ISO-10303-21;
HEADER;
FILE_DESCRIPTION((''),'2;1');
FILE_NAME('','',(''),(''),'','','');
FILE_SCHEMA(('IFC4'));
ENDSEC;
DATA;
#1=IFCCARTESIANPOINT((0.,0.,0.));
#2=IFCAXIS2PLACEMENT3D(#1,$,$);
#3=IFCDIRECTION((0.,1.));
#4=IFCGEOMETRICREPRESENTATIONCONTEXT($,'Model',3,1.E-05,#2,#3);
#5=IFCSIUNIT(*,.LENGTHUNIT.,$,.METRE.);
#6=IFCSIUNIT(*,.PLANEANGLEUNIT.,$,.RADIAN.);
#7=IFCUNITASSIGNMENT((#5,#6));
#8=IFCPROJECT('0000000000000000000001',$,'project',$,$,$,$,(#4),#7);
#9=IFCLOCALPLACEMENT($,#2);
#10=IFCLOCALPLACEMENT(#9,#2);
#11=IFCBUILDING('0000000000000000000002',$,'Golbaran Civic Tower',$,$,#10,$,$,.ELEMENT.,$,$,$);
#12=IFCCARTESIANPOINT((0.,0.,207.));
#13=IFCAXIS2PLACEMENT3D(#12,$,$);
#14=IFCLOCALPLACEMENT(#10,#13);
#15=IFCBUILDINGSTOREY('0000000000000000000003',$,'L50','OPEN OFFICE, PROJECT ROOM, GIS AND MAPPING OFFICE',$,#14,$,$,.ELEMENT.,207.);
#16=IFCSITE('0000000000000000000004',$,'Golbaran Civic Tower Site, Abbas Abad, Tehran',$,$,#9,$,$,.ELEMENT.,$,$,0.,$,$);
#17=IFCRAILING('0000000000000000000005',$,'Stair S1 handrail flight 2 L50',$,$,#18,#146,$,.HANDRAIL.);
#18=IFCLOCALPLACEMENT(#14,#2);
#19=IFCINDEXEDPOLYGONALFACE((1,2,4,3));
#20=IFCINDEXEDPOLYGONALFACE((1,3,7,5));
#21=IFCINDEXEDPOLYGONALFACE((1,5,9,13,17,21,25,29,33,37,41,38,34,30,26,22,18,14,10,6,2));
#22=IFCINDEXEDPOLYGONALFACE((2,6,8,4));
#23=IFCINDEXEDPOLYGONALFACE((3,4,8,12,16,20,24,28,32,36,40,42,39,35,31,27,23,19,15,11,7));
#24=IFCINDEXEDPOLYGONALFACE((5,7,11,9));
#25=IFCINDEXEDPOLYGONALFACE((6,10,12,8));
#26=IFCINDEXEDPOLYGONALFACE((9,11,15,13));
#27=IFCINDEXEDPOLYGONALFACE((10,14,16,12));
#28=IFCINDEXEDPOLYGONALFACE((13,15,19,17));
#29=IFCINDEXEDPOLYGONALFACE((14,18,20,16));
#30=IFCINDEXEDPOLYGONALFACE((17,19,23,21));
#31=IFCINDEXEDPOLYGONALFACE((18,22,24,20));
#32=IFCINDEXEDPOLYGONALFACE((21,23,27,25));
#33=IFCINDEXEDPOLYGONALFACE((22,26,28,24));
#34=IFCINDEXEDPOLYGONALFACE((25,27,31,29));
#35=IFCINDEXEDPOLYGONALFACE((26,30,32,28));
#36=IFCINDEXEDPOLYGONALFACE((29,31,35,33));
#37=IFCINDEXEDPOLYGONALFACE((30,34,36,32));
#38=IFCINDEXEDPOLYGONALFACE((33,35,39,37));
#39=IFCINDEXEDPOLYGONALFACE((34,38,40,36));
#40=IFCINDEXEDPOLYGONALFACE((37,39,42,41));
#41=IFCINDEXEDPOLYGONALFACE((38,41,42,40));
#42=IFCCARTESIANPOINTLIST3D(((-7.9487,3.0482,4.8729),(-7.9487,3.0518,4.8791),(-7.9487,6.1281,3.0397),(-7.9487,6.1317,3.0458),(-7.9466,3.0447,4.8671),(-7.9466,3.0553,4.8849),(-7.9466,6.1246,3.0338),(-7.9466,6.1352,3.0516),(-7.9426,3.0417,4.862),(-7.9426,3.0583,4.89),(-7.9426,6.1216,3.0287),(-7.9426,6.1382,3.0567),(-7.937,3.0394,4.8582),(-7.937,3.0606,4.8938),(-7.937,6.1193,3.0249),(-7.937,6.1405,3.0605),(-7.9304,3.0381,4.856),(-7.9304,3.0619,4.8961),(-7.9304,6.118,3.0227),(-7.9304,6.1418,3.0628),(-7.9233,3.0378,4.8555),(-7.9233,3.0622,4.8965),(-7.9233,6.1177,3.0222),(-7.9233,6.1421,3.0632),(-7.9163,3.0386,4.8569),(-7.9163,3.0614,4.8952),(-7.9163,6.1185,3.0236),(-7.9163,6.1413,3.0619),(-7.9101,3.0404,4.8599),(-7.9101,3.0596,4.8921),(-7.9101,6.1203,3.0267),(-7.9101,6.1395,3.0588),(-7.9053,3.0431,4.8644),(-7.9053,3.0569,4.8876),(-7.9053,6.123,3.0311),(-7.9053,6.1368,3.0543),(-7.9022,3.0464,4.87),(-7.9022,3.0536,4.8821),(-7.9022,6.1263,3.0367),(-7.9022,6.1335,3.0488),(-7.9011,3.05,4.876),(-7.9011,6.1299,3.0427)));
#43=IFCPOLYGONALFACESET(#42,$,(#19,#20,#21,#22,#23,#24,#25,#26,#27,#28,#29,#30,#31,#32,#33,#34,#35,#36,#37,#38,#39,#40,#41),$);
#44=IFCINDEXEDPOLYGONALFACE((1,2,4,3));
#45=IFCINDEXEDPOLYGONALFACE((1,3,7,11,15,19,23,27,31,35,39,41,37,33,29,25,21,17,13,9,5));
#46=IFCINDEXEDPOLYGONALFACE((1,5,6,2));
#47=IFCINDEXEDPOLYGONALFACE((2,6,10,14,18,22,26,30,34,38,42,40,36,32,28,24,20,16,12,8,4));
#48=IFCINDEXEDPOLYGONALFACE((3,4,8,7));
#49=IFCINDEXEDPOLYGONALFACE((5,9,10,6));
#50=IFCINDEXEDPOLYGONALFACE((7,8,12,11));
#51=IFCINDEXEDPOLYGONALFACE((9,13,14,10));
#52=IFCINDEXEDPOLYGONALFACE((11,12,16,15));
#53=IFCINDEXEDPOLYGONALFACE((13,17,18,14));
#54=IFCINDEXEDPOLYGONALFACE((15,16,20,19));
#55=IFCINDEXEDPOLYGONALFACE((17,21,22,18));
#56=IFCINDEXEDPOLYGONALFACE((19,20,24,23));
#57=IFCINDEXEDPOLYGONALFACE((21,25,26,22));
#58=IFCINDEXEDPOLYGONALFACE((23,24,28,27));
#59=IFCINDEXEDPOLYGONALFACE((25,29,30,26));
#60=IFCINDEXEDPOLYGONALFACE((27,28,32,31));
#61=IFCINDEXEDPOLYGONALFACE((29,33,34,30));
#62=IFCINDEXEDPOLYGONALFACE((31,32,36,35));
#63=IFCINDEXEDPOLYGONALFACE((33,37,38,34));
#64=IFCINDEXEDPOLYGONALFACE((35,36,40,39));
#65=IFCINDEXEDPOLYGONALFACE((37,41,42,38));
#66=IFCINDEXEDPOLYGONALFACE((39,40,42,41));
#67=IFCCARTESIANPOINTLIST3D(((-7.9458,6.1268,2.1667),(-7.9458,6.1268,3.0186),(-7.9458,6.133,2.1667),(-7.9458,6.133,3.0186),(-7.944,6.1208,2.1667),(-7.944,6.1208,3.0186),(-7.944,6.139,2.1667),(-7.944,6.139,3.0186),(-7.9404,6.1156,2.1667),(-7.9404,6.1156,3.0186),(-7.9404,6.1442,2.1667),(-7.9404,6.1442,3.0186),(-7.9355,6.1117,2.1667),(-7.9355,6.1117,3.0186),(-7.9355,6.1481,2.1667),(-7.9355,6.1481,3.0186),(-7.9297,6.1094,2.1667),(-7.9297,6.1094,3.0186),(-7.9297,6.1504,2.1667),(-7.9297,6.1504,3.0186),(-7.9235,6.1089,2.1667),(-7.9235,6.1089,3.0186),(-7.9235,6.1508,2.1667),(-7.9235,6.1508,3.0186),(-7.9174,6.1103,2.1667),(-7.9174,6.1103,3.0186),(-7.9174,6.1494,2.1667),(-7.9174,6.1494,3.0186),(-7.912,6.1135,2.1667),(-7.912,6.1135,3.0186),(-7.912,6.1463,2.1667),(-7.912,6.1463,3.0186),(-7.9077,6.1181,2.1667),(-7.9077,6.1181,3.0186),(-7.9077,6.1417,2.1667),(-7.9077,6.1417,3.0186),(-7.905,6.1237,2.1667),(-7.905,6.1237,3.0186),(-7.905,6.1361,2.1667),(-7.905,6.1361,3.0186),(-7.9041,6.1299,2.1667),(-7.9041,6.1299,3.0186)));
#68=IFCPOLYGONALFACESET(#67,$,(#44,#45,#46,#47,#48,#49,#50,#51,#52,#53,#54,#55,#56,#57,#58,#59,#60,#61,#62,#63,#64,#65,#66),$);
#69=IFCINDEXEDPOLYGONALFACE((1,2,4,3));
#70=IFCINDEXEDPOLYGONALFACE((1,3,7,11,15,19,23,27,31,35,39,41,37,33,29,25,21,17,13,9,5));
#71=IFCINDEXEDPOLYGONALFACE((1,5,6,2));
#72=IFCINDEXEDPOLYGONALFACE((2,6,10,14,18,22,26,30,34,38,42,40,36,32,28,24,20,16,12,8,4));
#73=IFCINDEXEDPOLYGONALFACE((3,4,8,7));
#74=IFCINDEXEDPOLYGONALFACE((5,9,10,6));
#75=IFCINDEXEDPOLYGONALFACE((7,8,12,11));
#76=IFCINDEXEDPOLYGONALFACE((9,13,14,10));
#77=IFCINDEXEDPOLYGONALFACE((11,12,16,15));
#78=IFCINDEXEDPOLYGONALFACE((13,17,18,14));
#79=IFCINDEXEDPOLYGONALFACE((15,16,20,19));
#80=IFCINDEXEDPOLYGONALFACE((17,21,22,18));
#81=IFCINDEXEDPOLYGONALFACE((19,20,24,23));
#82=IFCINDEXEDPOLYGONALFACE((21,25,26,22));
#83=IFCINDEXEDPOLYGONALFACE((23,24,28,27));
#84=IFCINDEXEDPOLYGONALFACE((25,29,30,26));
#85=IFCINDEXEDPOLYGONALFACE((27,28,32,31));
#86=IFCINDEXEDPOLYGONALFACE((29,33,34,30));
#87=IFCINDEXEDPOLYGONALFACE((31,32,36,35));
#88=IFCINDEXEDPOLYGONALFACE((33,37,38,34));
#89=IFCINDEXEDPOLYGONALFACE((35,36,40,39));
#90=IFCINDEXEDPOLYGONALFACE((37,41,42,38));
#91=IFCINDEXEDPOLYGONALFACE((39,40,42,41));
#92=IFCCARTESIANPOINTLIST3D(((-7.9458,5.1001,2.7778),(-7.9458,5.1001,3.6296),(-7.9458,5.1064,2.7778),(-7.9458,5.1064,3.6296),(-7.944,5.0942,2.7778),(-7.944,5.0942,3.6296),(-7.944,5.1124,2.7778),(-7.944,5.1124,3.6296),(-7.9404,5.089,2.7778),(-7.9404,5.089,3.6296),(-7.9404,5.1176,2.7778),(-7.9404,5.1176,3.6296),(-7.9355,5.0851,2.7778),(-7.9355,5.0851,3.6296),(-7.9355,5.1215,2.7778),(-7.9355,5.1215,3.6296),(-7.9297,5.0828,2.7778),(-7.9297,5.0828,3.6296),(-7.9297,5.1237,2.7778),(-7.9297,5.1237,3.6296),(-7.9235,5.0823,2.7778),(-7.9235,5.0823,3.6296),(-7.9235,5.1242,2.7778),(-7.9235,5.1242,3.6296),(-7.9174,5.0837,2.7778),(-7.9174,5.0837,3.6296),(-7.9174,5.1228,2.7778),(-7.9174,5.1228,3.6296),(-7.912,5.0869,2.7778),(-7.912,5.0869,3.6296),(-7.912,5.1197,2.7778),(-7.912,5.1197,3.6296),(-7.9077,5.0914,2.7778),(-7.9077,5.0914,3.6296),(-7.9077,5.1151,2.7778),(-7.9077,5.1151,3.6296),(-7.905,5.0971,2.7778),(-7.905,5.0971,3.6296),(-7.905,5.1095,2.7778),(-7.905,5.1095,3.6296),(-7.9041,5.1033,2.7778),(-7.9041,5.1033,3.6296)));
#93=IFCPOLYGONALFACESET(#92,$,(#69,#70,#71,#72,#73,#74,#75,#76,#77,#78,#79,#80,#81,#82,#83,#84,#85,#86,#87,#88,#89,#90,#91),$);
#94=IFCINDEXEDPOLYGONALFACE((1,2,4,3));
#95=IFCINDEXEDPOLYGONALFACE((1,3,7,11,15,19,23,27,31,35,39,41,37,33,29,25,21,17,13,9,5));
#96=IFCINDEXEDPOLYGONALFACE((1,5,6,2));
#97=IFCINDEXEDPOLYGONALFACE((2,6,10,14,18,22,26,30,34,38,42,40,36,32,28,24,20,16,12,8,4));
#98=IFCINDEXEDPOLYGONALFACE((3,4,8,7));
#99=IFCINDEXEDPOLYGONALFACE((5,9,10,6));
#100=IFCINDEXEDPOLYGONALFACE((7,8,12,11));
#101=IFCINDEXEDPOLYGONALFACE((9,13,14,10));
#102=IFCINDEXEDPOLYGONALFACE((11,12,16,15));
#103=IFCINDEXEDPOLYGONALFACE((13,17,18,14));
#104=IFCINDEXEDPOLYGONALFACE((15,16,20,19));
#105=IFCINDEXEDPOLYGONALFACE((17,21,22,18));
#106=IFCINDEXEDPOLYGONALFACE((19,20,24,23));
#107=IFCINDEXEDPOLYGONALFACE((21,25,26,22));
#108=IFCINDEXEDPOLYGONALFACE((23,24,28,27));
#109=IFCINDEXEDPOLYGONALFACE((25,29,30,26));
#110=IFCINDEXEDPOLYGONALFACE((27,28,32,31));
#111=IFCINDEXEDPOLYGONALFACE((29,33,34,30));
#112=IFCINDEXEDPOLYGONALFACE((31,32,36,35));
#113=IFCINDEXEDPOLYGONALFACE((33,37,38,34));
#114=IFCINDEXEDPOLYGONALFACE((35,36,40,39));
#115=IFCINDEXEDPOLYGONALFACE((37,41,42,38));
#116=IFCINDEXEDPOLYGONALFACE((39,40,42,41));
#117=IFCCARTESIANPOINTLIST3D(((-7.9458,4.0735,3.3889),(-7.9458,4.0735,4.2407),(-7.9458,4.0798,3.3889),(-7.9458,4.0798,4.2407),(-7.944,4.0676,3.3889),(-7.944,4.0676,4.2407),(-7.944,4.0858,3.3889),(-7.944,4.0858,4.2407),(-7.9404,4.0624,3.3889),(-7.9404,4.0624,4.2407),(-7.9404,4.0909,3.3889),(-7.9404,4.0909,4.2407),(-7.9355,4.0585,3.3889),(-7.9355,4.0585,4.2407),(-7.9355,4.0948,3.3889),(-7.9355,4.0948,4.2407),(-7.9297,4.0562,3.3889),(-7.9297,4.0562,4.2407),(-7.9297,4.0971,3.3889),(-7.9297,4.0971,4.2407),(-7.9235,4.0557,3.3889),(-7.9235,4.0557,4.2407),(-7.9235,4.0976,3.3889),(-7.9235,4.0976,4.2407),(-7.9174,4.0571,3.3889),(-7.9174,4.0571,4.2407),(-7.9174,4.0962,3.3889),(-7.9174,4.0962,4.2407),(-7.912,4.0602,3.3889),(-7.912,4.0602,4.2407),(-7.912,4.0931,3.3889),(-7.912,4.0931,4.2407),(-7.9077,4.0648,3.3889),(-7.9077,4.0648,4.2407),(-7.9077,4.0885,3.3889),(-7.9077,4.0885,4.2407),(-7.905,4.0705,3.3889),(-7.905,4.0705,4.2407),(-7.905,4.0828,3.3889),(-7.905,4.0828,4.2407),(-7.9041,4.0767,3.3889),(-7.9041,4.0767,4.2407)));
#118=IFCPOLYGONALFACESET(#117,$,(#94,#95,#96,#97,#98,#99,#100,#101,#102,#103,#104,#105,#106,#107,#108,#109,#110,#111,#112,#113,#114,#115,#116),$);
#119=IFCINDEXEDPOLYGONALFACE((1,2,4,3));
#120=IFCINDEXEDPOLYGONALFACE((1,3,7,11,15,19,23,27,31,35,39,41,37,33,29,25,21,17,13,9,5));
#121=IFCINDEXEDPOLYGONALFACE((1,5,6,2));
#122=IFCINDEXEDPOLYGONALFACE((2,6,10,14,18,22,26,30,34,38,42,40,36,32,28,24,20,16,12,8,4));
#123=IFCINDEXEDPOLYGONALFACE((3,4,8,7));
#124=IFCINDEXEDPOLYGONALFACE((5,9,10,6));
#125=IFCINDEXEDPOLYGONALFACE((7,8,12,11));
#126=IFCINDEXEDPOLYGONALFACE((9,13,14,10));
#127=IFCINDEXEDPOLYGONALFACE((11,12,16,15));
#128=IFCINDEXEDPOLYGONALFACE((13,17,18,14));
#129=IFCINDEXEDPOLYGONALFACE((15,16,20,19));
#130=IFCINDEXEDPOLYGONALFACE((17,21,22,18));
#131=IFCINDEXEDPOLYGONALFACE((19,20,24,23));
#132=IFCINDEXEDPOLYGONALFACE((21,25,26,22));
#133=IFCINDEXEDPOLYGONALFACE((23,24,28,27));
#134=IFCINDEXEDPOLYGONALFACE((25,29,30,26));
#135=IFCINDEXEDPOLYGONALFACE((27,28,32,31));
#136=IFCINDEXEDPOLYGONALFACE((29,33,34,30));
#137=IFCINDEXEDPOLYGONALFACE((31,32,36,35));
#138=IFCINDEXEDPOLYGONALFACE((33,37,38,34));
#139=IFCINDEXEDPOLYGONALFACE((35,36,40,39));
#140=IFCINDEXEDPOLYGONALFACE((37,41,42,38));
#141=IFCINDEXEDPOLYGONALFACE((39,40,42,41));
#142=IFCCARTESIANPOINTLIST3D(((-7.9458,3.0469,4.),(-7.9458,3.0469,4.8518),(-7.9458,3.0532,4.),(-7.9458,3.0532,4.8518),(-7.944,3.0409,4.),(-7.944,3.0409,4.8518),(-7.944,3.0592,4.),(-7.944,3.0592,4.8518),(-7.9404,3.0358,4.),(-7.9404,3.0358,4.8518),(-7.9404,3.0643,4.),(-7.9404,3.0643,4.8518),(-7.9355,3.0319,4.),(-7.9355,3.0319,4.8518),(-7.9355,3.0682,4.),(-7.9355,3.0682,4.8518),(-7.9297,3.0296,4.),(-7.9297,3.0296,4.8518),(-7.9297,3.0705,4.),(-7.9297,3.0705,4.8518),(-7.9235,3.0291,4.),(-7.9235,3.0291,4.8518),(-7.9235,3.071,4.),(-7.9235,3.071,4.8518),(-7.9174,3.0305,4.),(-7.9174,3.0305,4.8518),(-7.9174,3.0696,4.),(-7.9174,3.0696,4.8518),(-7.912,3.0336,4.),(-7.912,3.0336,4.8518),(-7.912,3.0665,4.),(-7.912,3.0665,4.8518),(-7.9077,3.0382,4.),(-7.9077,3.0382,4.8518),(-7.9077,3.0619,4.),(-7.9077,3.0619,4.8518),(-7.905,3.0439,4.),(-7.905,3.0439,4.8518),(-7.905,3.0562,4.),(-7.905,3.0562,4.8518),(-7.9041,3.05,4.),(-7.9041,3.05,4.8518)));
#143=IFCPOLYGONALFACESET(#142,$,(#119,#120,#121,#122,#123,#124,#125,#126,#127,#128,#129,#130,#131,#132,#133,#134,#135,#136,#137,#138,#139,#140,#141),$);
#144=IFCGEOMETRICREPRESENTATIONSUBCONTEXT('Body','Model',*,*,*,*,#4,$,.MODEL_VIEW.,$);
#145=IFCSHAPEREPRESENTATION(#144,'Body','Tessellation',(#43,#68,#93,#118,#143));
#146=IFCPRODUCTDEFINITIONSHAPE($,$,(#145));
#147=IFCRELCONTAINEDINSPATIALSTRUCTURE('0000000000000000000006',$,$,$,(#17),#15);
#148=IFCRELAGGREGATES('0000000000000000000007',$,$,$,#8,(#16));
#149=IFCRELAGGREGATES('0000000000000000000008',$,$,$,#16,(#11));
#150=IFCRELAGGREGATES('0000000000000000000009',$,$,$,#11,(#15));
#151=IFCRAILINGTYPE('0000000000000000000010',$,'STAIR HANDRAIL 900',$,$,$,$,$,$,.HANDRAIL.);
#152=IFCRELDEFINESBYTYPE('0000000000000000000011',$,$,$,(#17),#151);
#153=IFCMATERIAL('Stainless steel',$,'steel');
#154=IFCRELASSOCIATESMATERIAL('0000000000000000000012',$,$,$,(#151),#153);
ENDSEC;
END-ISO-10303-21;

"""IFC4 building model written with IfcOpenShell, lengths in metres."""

from ifc_helpers import new_model, si_unit, direction, frame, origin, origin_2d, place, context, subcontext, project, spatial, circle, extrude, material, type_object, element, save


model = new_model("IFC4")

# Units and contexts
model_context = context("Model", 3, precision=1e-05, world=origin(), true_north=direction((0.0, 1.0)))
body_context = subcontext(model_context, "Body", "Model", "MODEL_VIEW")
ifc_project = project(units=[si_unit("LENGTHUNIT", "METRE"), si_unit("PLANEANGLEUNIT", "RADIAN")], contexts=[model_context])

# Site, building, storey
site_placement = place(None, origin())
site = spatial("IfcSite", under=ifc_project, at=site_placement, Name="Golbaran Civic Tower Site, Abbas Abad, Tehran", CompositionType="ELEMENT", RefElevation=0.0)
building_placement = place(site_placement, origin())
building = spatial("IfcBuilding", under=site, at=building_placement, Name="Golbaran Civic Tower", CompositionType="ELEMENT")
storey_placement = place(building_placement, frame((0.0, 0.0, 207.0)))
storey = spatial("IfcBuildingStorey", under=building, at=storey_placement, Name="L50", Description="OPEN OFFICE, PROJECT ROOM, GIS AND MAPPING OFFICE", CompositionType="ELEMENT", Elevation=207.0)

# Shared definitions
ifc_material_1 = material(Name="Stainless steel", Category="steel")

# Railing
railing_type = type_object("IfcRailingType", Name="STAIR HANDRAIL 900", PredefinedType="HANDRAIL", material=ifc_material_1)
railing_1_placement = place(storey_placement, frame((-7.925, 6.1299, 2.1667)))
element("IfcRailing", 1, at=railing_1_placement, inside=storey, type_object=railing_type, Name="Stair S1 handrail flight 2 L50", PredefinedType="HANDRAIL", context=body_context, shape_type="SweptSolid", body=[
    extrude(circle(Radius=0.0239, at=origin_2d()), frame((0.0, 0.0, 0.876), z_axis=(0.0, -0.859291, 0.511487), x_axis=(1.0, 0.0, 0.0)), (0.0, 0.0, 1.0), 3.5842),
    extrude(circle(Radius=0.021, at=origin_2d()), origin(), (0.0, 0.0, 1.0), 0.8518),
    extrude(circle(Radius=0.021, at=origin_2d()), frame((0.0, -1.0266, 0.6111)), (0.0, 0.0, 1.0), 0.8518),
    extrude(circle(Radius=0.021, at=origin_2d()), frame((0.0, -2.0532, 1.2222)), (0.0, 0.0, 1.0), 0.8518),
    extrude(circle(Radius=0.021, at=origin_2d()), frame((0.0, -3.0798, 1.8333)), (0.0, 0.0, 1.0), 0.8518),
])

save(model, "model.ifc")
